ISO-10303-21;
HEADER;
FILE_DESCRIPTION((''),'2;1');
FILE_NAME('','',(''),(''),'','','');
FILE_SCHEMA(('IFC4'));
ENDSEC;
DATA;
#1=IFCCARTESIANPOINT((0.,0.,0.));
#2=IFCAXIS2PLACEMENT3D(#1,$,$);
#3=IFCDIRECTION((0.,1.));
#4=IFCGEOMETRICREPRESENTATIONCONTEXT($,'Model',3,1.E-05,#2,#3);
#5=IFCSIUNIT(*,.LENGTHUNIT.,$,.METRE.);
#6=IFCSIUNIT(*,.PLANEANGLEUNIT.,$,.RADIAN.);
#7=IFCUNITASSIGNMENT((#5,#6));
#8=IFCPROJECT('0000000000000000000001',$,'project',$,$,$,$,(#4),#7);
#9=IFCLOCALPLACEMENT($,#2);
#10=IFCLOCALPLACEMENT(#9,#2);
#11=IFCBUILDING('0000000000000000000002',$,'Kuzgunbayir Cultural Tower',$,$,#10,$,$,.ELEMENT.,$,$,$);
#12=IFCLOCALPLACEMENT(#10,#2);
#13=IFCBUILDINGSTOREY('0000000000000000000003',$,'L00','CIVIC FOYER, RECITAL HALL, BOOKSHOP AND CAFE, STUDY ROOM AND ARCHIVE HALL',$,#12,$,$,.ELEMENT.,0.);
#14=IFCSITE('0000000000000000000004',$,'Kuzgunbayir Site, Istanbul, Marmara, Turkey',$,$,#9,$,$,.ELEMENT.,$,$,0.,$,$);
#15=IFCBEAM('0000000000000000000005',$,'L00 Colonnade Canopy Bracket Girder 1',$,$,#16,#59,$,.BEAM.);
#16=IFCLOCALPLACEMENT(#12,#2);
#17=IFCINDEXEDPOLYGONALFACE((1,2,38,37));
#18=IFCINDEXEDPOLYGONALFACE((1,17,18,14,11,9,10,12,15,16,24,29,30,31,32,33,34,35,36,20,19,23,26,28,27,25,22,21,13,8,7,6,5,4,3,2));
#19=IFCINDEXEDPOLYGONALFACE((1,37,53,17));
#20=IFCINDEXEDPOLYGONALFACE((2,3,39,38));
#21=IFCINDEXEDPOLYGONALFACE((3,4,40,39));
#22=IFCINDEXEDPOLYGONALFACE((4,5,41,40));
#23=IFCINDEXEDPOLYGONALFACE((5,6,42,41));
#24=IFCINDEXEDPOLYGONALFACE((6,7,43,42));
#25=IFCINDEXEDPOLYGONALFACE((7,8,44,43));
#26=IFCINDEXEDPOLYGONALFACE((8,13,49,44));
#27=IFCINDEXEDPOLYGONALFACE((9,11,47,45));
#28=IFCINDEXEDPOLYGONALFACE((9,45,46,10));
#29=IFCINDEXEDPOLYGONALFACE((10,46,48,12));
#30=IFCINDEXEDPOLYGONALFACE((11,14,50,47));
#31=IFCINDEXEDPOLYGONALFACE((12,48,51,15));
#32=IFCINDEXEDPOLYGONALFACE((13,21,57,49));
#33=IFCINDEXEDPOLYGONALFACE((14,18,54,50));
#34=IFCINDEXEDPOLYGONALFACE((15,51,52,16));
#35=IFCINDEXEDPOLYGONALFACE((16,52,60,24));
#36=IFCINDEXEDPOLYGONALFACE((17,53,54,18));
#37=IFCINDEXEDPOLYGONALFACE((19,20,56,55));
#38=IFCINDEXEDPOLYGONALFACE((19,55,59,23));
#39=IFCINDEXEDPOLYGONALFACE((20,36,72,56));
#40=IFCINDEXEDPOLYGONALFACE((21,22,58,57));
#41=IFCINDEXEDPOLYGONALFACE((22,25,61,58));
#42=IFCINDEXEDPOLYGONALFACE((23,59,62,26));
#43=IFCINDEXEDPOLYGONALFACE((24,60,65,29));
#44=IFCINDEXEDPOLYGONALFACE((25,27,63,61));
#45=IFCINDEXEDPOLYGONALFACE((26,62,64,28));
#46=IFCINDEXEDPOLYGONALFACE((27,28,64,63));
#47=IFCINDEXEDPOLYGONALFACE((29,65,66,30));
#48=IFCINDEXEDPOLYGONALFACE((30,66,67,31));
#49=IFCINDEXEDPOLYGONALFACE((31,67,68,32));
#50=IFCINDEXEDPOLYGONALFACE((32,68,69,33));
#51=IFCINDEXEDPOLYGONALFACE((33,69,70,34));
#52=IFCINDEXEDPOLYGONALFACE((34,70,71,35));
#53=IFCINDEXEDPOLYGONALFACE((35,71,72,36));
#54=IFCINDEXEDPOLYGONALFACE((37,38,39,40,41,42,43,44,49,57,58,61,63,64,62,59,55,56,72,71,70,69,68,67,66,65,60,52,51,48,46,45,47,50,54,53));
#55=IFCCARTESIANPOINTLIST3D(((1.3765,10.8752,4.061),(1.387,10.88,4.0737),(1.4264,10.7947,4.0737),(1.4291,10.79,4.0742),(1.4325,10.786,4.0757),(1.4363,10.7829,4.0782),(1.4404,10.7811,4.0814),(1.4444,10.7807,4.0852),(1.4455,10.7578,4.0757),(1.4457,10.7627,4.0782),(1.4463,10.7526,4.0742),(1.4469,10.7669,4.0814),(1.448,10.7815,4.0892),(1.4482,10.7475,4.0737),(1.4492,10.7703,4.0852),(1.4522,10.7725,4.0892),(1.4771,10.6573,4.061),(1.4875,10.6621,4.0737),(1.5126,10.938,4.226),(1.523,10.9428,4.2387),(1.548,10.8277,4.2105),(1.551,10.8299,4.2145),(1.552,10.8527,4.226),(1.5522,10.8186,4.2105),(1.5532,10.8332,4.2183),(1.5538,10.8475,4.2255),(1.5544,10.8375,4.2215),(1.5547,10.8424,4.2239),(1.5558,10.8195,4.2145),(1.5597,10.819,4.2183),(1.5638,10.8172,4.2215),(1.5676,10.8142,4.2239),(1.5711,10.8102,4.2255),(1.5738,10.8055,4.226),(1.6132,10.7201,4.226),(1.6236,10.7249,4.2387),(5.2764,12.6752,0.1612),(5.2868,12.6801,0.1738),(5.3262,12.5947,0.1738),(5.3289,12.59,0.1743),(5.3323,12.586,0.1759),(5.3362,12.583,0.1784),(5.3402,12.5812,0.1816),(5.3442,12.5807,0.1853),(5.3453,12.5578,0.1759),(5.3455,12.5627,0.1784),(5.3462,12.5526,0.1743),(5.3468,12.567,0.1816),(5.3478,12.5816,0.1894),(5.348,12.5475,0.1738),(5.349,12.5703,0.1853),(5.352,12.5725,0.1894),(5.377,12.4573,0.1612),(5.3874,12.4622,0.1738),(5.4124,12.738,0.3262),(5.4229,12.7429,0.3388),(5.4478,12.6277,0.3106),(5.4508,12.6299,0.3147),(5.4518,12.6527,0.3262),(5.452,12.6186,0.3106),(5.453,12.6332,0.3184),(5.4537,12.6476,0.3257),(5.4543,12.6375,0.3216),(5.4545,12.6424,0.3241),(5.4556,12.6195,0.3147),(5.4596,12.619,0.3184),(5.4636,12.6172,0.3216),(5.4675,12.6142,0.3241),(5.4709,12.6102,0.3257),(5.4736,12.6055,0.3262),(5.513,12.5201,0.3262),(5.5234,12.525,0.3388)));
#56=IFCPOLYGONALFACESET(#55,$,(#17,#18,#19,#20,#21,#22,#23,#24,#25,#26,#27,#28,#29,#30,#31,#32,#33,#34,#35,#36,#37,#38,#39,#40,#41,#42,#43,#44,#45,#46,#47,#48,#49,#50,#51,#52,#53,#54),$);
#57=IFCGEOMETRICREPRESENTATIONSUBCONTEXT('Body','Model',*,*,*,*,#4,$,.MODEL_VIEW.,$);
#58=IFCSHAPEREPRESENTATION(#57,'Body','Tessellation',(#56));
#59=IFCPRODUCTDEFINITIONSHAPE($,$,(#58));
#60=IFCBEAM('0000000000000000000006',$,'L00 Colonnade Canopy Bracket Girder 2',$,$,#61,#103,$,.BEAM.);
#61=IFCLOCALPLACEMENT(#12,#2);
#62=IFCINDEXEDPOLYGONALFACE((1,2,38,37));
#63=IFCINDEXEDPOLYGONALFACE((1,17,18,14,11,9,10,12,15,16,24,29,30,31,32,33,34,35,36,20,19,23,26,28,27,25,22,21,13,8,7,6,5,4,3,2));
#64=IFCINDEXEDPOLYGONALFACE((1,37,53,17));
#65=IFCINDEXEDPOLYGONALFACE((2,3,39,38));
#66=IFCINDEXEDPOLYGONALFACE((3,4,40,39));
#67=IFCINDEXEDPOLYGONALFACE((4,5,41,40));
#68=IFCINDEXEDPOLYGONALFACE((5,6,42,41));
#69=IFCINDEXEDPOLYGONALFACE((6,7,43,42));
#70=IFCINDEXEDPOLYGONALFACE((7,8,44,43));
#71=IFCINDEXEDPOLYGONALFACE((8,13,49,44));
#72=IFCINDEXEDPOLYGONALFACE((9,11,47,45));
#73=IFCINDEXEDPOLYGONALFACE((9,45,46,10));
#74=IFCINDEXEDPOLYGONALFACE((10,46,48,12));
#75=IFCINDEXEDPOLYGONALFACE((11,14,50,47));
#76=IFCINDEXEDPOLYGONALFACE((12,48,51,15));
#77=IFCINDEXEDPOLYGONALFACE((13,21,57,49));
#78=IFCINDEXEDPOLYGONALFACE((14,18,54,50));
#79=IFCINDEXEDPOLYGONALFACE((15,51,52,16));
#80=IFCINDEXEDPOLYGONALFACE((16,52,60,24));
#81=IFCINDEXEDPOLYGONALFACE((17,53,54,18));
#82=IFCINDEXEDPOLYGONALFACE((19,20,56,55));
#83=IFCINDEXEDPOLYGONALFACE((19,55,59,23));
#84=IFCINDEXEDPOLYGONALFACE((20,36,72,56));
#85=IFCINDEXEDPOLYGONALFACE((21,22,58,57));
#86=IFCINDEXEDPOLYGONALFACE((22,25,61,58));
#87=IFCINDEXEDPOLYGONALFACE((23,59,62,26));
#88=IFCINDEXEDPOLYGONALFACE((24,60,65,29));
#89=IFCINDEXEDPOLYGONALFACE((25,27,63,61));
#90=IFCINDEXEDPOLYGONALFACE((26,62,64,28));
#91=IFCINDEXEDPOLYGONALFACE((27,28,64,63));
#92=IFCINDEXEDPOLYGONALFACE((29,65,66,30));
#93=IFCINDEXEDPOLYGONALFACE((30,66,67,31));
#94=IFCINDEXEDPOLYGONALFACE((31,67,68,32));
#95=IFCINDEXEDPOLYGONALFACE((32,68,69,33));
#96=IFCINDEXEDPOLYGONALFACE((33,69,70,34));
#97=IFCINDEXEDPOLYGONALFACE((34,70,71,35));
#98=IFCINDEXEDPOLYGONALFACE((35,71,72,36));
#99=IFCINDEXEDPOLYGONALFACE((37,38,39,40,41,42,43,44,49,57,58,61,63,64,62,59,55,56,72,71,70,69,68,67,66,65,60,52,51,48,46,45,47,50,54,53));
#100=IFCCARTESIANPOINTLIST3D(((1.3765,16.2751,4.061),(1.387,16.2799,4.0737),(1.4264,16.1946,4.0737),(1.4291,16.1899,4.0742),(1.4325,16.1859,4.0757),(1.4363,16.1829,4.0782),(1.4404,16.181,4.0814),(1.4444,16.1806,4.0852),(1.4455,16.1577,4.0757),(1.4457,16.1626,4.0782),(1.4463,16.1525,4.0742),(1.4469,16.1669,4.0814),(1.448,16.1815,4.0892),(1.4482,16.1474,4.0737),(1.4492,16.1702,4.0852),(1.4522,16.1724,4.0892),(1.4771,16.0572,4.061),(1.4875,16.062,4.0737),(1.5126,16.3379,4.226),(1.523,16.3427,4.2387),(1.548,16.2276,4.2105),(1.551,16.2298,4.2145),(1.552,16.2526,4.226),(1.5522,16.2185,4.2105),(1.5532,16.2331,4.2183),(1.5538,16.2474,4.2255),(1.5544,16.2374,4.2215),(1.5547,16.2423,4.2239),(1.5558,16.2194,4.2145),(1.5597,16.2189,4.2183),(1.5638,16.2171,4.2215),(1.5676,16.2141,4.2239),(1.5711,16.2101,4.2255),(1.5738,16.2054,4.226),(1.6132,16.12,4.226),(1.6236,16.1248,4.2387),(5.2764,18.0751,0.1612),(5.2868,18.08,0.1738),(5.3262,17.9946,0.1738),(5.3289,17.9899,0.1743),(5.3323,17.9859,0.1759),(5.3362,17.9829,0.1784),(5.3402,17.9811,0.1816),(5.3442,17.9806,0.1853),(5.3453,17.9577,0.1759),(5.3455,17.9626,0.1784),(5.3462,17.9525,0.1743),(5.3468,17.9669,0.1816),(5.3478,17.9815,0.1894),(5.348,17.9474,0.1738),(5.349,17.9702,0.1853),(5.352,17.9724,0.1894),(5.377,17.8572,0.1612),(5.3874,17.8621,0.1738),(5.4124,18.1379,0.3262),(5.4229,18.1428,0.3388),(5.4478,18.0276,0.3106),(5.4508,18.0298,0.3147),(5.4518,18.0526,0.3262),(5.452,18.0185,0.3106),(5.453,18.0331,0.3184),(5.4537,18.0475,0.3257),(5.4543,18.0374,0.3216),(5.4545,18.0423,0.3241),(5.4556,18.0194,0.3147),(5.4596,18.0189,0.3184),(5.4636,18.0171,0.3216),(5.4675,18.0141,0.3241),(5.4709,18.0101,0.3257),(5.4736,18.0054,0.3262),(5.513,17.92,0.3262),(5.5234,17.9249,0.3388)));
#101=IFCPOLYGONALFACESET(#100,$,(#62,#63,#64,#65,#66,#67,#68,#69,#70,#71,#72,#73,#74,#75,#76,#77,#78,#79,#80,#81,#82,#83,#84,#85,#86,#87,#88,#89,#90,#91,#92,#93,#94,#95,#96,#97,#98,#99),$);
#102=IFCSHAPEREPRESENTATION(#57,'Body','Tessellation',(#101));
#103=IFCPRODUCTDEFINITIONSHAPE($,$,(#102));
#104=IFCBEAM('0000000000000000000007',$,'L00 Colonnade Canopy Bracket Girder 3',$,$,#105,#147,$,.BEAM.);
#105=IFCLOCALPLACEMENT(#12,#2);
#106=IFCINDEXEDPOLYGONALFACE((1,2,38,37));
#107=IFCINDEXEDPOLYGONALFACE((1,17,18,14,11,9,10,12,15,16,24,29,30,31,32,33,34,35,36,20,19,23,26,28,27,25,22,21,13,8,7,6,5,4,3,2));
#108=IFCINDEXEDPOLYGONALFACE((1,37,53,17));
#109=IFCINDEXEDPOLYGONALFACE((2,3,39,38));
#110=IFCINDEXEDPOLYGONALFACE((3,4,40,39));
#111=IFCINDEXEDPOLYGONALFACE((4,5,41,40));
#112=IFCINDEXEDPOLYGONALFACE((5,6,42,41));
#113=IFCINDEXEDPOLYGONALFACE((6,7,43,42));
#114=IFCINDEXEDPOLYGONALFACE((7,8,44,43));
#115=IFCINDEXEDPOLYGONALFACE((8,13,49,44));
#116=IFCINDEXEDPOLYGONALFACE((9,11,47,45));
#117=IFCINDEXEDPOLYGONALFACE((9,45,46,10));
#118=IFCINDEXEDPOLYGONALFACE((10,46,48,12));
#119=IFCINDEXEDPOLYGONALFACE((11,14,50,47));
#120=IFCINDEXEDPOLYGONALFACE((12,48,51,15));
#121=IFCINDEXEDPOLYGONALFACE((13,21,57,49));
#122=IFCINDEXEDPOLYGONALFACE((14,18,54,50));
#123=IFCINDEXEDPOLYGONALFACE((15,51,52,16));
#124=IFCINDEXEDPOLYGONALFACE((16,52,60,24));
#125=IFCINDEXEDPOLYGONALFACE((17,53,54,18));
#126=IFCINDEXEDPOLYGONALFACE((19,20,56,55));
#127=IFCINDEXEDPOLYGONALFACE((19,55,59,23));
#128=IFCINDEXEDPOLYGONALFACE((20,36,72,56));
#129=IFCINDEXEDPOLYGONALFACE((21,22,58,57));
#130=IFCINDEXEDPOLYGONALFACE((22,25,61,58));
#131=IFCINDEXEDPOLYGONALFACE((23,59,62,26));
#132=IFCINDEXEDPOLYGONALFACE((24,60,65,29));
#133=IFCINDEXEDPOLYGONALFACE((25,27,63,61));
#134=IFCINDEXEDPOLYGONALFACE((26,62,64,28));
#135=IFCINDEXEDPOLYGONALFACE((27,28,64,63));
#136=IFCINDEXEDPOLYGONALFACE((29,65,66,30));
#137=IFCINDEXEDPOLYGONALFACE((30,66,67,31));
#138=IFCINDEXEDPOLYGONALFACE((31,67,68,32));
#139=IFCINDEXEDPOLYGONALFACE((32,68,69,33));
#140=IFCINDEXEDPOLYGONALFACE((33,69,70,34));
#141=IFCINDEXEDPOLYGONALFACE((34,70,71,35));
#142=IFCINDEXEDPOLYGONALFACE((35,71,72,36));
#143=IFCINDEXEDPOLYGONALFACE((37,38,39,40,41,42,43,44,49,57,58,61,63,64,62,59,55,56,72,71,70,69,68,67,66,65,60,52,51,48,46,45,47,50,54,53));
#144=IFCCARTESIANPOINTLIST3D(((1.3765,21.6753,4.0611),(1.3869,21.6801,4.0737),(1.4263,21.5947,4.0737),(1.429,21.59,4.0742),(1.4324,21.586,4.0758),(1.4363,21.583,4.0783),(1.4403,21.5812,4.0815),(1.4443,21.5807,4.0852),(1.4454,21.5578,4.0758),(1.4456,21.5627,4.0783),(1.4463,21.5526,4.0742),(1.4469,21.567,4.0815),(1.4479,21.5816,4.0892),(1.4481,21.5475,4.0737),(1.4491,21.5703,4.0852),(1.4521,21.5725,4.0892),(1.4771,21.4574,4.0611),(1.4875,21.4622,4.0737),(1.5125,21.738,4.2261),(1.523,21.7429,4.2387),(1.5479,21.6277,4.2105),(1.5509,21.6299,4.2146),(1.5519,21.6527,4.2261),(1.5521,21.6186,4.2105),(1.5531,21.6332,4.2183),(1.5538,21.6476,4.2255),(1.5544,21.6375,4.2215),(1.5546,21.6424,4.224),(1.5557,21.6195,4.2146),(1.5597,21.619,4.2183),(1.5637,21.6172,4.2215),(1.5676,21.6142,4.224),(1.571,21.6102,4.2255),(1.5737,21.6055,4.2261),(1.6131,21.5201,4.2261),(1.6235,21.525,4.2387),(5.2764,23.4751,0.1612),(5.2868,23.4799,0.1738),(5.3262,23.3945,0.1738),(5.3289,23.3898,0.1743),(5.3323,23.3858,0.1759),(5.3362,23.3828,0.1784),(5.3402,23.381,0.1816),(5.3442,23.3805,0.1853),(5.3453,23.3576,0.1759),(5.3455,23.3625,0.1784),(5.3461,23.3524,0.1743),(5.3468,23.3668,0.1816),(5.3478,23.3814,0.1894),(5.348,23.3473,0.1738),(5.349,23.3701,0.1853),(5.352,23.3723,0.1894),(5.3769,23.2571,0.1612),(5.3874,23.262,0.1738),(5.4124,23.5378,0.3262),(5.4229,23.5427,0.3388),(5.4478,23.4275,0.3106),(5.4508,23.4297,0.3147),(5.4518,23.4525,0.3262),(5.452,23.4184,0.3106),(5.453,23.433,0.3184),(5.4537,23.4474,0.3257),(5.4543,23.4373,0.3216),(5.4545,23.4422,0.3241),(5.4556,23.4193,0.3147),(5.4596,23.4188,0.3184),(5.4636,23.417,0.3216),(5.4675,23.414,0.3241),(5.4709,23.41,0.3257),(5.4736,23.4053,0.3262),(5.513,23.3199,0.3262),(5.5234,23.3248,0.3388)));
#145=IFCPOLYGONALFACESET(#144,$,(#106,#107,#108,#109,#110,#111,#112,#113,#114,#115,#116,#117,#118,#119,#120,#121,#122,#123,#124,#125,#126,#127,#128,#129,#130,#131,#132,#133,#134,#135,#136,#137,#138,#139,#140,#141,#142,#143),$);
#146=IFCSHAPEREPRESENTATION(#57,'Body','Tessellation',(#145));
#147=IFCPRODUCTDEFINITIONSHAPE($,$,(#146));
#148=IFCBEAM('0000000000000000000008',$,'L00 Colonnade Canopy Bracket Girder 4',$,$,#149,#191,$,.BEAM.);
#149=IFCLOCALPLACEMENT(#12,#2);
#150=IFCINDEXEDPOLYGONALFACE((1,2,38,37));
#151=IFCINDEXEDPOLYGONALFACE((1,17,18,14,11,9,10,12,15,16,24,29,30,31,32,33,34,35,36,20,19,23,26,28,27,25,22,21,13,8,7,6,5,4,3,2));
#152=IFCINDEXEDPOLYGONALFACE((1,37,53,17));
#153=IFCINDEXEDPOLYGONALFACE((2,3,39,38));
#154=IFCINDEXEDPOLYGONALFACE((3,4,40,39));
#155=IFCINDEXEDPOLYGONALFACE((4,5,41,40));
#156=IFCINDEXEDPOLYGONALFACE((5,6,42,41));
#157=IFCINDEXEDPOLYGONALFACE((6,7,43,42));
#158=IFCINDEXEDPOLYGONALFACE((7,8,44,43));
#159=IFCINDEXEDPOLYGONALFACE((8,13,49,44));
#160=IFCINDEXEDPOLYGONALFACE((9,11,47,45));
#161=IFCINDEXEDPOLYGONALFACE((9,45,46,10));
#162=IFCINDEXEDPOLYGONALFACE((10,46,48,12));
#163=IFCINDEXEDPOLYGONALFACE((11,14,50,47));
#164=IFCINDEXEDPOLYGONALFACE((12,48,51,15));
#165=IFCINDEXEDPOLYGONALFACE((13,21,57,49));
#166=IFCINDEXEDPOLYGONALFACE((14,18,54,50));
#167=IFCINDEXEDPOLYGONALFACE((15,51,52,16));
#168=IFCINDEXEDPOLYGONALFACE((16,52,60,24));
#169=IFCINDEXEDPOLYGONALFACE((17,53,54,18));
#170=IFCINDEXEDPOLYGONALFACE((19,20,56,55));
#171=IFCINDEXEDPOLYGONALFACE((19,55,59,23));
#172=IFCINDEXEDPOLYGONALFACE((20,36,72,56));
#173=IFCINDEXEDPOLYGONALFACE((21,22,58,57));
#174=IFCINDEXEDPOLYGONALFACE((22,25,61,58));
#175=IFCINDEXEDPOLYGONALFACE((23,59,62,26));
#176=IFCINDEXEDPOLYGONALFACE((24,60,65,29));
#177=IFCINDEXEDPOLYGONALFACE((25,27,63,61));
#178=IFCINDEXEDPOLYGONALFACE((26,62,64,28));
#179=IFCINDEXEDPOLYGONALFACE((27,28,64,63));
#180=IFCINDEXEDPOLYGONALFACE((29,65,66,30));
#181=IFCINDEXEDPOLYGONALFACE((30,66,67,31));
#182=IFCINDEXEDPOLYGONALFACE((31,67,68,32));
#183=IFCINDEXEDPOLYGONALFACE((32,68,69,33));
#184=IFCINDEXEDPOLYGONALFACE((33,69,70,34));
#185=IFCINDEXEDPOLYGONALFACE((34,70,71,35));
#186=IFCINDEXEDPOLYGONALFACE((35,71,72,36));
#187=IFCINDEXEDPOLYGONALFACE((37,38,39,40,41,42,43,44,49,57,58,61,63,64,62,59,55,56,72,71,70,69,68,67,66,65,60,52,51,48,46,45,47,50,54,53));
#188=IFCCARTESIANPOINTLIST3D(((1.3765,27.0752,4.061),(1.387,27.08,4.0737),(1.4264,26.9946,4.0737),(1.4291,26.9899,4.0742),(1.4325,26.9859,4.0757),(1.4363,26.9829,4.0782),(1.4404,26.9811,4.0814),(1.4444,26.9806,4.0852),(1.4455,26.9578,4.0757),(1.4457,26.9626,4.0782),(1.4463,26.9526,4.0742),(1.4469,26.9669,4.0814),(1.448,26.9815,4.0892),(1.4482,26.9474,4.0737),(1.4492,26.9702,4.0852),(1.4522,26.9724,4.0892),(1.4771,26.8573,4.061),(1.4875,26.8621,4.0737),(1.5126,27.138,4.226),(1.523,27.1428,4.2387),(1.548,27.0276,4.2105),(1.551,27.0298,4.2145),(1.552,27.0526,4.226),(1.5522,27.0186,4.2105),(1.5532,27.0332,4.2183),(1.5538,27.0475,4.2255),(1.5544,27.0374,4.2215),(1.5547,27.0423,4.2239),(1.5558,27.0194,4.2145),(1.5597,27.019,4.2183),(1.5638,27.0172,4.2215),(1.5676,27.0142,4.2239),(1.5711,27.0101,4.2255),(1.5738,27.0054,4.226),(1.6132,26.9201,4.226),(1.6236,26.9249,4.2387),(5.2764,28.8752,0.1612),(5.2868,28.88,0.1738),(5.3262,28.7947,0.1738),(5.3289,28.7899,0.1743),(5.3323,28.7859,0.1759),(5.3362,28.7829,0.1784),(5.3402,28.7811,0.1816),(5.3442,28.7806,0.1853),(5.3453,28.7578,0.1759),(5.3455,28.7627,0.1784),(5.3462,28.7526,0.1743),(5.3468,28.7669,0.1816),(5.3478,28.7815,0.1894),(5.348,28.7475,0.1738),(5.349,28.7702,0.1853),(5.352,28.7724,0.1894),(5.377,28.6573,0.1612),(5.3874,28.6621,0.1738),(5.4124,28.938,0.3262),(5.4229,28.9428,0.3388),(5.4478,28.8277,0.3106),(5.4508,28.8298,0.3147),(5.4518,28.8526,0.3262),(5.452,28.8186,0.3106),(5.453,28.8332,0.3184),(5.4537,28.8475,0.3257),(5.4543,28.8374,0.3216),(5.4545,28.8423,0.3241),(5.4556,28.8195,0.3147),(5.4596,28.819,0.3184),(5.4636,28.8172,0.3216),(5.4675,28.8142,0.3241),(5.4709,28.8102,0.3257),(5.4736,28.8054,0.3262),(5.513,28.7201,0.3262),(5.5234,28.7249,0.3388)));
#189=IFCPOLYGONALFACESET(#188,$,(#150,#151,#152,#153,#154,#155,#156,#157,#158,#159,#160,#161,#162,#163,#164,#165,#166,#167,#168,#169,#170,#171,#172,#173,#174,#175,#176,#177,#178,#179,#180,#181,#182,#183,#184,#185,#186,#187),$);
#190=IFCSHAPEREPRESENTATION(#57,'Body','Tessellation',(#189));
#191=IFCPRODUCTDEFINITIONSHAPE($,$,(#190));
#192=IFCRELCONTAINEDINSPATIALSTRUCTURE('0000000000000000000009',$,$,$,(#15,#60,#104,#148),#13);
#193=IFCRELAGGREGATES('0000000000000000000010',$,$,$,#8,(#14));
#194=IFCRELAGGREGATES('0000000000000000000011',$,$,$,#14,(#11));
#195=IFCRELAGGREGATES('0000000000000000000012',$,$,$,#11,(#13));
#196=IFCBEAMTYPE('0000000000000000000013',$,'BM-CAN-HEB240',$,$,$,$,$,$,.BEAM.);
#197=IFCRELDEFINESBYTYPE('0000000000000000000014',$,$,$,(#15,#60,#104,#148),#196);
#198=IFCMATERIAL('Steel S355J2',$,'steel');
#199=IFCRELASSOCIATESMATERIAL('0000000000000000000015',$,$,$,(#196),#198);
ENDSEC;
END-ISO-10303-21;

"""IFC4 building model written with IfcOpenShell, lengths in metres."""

from ifc_helpers import new_model, si_unit, direction, frame, origin, origin_2d, place, context, subcontext, project, spatial, i_section, extrude, material, material_profile, profile_set, type_object, element, save


model = new_model("IFC4")

# Units and contexts
model_context = context("Model", 3, precision=1e-05, world=origin(), true_north=direction((0.0, 1.0)))
body_context = subcontext(model_context, "Body", "Model", "MODEL_VIEW")
ifc_project = project(units=[si_unit("LENGTHUNIT", "METRE"), si_unit("PLANEANGLEUNIT", "RADIAN")], contexts=[model_context])

# Site, building, storey
site_placement = place(None, origin())
site = spatial("IfcSite", under=ifc_project, at=site_placement, Name="Kuzgunbayir Site, Istanbul, Marmara, Turkey", CompositionType="ELEMENT", RefElevation=0.0)
building_placement = place(site_placement, origin())
building = spatial("IfcBuilding", under=site, at=building_placement, Name="Kuzgunbayir Cultural Tower", CompositionType="ELEMENT")
storey_placement = place(building_placement, origin())
storey = spatial("IfcBuildingStorey", under=building, at=storey_placement, Name="L00", Description="CIVIC FOYER, RECITAL HALL, BOOKSHOP AND CAFE, STUDY ROOM AND ARCHIVE HALL", CompositionType="ELEMENT", Elevation=0.0)

# Shared definitions
ifc_material_1 = material(Name="Steel S355J2", Category="steel")

# Beams
ifc_material_profile_1 = material_profile(ifc_material_1, i_section(OverallWidth=0.24, OverallDepth=0.24, WebThickness=0.01, FlangeThickness=0.0171, FilletRadius=0.021, at=origin_2d()), Name="HEB 240")
ifc_profile_set_1 = profile_set([ifc_material_profile_1], Name="Steel S355J2")
beam_type_1 = type_object("IfcBeamType", Name="BM-CAN-HEB240", PredefinedType="BEAM", material=ifc_profile_set_1)
for number, where, z_axis, x_axis, name in (
    (1, (5.3999, 12.6001, 0.25), (-0.672211, -0.310267, 0.672211), (0.419076, -0.907951, 0.0), "L00 Colonnade Canopy Bracket Girder 1"),
    (2, (5.3999, 18.0, 0.25), (-0.672211, -0.310267, 0.672211), (0.419076, -0.907951, 0.0), "L00 Colonnade Canopy Bracket Girder 2"),
    (3, (5.3999, 23.3999, 0.25), (-0.672219, -0.310229, 0.672219), (0.419029, -0.907973, 0.0), "L00 Colonnade Canopy Bracket Girder 3"),
    (4, (5.3999, 28.8, 0.25), (-0.672211, -0.310267, 0.672211), (0.419076, -0.907951, 0.0), "L00 Colonnade Canopy Bracket Girder 4"),
):
    element("IfcBeam", number, at=place(storey_placement, frame(where, z_axis=z_axis, x_axis=x_axis)), inside=storey, type_object=beam_type_1, Name=name, PredefinedType="BEAM", context=body_context, shape_type="SweptSolid", body=[
        extrude(i_section(OverallWidth=0.24, OverallDepth=0.24, WebThickness=0.01, FlangeThickness=0.0171, FilletRadius=0.021, at=origin_2d()), origin(), (0.0, 0.0, 1.0), 5.8015),
    ])

save(model, "model.ifc")
